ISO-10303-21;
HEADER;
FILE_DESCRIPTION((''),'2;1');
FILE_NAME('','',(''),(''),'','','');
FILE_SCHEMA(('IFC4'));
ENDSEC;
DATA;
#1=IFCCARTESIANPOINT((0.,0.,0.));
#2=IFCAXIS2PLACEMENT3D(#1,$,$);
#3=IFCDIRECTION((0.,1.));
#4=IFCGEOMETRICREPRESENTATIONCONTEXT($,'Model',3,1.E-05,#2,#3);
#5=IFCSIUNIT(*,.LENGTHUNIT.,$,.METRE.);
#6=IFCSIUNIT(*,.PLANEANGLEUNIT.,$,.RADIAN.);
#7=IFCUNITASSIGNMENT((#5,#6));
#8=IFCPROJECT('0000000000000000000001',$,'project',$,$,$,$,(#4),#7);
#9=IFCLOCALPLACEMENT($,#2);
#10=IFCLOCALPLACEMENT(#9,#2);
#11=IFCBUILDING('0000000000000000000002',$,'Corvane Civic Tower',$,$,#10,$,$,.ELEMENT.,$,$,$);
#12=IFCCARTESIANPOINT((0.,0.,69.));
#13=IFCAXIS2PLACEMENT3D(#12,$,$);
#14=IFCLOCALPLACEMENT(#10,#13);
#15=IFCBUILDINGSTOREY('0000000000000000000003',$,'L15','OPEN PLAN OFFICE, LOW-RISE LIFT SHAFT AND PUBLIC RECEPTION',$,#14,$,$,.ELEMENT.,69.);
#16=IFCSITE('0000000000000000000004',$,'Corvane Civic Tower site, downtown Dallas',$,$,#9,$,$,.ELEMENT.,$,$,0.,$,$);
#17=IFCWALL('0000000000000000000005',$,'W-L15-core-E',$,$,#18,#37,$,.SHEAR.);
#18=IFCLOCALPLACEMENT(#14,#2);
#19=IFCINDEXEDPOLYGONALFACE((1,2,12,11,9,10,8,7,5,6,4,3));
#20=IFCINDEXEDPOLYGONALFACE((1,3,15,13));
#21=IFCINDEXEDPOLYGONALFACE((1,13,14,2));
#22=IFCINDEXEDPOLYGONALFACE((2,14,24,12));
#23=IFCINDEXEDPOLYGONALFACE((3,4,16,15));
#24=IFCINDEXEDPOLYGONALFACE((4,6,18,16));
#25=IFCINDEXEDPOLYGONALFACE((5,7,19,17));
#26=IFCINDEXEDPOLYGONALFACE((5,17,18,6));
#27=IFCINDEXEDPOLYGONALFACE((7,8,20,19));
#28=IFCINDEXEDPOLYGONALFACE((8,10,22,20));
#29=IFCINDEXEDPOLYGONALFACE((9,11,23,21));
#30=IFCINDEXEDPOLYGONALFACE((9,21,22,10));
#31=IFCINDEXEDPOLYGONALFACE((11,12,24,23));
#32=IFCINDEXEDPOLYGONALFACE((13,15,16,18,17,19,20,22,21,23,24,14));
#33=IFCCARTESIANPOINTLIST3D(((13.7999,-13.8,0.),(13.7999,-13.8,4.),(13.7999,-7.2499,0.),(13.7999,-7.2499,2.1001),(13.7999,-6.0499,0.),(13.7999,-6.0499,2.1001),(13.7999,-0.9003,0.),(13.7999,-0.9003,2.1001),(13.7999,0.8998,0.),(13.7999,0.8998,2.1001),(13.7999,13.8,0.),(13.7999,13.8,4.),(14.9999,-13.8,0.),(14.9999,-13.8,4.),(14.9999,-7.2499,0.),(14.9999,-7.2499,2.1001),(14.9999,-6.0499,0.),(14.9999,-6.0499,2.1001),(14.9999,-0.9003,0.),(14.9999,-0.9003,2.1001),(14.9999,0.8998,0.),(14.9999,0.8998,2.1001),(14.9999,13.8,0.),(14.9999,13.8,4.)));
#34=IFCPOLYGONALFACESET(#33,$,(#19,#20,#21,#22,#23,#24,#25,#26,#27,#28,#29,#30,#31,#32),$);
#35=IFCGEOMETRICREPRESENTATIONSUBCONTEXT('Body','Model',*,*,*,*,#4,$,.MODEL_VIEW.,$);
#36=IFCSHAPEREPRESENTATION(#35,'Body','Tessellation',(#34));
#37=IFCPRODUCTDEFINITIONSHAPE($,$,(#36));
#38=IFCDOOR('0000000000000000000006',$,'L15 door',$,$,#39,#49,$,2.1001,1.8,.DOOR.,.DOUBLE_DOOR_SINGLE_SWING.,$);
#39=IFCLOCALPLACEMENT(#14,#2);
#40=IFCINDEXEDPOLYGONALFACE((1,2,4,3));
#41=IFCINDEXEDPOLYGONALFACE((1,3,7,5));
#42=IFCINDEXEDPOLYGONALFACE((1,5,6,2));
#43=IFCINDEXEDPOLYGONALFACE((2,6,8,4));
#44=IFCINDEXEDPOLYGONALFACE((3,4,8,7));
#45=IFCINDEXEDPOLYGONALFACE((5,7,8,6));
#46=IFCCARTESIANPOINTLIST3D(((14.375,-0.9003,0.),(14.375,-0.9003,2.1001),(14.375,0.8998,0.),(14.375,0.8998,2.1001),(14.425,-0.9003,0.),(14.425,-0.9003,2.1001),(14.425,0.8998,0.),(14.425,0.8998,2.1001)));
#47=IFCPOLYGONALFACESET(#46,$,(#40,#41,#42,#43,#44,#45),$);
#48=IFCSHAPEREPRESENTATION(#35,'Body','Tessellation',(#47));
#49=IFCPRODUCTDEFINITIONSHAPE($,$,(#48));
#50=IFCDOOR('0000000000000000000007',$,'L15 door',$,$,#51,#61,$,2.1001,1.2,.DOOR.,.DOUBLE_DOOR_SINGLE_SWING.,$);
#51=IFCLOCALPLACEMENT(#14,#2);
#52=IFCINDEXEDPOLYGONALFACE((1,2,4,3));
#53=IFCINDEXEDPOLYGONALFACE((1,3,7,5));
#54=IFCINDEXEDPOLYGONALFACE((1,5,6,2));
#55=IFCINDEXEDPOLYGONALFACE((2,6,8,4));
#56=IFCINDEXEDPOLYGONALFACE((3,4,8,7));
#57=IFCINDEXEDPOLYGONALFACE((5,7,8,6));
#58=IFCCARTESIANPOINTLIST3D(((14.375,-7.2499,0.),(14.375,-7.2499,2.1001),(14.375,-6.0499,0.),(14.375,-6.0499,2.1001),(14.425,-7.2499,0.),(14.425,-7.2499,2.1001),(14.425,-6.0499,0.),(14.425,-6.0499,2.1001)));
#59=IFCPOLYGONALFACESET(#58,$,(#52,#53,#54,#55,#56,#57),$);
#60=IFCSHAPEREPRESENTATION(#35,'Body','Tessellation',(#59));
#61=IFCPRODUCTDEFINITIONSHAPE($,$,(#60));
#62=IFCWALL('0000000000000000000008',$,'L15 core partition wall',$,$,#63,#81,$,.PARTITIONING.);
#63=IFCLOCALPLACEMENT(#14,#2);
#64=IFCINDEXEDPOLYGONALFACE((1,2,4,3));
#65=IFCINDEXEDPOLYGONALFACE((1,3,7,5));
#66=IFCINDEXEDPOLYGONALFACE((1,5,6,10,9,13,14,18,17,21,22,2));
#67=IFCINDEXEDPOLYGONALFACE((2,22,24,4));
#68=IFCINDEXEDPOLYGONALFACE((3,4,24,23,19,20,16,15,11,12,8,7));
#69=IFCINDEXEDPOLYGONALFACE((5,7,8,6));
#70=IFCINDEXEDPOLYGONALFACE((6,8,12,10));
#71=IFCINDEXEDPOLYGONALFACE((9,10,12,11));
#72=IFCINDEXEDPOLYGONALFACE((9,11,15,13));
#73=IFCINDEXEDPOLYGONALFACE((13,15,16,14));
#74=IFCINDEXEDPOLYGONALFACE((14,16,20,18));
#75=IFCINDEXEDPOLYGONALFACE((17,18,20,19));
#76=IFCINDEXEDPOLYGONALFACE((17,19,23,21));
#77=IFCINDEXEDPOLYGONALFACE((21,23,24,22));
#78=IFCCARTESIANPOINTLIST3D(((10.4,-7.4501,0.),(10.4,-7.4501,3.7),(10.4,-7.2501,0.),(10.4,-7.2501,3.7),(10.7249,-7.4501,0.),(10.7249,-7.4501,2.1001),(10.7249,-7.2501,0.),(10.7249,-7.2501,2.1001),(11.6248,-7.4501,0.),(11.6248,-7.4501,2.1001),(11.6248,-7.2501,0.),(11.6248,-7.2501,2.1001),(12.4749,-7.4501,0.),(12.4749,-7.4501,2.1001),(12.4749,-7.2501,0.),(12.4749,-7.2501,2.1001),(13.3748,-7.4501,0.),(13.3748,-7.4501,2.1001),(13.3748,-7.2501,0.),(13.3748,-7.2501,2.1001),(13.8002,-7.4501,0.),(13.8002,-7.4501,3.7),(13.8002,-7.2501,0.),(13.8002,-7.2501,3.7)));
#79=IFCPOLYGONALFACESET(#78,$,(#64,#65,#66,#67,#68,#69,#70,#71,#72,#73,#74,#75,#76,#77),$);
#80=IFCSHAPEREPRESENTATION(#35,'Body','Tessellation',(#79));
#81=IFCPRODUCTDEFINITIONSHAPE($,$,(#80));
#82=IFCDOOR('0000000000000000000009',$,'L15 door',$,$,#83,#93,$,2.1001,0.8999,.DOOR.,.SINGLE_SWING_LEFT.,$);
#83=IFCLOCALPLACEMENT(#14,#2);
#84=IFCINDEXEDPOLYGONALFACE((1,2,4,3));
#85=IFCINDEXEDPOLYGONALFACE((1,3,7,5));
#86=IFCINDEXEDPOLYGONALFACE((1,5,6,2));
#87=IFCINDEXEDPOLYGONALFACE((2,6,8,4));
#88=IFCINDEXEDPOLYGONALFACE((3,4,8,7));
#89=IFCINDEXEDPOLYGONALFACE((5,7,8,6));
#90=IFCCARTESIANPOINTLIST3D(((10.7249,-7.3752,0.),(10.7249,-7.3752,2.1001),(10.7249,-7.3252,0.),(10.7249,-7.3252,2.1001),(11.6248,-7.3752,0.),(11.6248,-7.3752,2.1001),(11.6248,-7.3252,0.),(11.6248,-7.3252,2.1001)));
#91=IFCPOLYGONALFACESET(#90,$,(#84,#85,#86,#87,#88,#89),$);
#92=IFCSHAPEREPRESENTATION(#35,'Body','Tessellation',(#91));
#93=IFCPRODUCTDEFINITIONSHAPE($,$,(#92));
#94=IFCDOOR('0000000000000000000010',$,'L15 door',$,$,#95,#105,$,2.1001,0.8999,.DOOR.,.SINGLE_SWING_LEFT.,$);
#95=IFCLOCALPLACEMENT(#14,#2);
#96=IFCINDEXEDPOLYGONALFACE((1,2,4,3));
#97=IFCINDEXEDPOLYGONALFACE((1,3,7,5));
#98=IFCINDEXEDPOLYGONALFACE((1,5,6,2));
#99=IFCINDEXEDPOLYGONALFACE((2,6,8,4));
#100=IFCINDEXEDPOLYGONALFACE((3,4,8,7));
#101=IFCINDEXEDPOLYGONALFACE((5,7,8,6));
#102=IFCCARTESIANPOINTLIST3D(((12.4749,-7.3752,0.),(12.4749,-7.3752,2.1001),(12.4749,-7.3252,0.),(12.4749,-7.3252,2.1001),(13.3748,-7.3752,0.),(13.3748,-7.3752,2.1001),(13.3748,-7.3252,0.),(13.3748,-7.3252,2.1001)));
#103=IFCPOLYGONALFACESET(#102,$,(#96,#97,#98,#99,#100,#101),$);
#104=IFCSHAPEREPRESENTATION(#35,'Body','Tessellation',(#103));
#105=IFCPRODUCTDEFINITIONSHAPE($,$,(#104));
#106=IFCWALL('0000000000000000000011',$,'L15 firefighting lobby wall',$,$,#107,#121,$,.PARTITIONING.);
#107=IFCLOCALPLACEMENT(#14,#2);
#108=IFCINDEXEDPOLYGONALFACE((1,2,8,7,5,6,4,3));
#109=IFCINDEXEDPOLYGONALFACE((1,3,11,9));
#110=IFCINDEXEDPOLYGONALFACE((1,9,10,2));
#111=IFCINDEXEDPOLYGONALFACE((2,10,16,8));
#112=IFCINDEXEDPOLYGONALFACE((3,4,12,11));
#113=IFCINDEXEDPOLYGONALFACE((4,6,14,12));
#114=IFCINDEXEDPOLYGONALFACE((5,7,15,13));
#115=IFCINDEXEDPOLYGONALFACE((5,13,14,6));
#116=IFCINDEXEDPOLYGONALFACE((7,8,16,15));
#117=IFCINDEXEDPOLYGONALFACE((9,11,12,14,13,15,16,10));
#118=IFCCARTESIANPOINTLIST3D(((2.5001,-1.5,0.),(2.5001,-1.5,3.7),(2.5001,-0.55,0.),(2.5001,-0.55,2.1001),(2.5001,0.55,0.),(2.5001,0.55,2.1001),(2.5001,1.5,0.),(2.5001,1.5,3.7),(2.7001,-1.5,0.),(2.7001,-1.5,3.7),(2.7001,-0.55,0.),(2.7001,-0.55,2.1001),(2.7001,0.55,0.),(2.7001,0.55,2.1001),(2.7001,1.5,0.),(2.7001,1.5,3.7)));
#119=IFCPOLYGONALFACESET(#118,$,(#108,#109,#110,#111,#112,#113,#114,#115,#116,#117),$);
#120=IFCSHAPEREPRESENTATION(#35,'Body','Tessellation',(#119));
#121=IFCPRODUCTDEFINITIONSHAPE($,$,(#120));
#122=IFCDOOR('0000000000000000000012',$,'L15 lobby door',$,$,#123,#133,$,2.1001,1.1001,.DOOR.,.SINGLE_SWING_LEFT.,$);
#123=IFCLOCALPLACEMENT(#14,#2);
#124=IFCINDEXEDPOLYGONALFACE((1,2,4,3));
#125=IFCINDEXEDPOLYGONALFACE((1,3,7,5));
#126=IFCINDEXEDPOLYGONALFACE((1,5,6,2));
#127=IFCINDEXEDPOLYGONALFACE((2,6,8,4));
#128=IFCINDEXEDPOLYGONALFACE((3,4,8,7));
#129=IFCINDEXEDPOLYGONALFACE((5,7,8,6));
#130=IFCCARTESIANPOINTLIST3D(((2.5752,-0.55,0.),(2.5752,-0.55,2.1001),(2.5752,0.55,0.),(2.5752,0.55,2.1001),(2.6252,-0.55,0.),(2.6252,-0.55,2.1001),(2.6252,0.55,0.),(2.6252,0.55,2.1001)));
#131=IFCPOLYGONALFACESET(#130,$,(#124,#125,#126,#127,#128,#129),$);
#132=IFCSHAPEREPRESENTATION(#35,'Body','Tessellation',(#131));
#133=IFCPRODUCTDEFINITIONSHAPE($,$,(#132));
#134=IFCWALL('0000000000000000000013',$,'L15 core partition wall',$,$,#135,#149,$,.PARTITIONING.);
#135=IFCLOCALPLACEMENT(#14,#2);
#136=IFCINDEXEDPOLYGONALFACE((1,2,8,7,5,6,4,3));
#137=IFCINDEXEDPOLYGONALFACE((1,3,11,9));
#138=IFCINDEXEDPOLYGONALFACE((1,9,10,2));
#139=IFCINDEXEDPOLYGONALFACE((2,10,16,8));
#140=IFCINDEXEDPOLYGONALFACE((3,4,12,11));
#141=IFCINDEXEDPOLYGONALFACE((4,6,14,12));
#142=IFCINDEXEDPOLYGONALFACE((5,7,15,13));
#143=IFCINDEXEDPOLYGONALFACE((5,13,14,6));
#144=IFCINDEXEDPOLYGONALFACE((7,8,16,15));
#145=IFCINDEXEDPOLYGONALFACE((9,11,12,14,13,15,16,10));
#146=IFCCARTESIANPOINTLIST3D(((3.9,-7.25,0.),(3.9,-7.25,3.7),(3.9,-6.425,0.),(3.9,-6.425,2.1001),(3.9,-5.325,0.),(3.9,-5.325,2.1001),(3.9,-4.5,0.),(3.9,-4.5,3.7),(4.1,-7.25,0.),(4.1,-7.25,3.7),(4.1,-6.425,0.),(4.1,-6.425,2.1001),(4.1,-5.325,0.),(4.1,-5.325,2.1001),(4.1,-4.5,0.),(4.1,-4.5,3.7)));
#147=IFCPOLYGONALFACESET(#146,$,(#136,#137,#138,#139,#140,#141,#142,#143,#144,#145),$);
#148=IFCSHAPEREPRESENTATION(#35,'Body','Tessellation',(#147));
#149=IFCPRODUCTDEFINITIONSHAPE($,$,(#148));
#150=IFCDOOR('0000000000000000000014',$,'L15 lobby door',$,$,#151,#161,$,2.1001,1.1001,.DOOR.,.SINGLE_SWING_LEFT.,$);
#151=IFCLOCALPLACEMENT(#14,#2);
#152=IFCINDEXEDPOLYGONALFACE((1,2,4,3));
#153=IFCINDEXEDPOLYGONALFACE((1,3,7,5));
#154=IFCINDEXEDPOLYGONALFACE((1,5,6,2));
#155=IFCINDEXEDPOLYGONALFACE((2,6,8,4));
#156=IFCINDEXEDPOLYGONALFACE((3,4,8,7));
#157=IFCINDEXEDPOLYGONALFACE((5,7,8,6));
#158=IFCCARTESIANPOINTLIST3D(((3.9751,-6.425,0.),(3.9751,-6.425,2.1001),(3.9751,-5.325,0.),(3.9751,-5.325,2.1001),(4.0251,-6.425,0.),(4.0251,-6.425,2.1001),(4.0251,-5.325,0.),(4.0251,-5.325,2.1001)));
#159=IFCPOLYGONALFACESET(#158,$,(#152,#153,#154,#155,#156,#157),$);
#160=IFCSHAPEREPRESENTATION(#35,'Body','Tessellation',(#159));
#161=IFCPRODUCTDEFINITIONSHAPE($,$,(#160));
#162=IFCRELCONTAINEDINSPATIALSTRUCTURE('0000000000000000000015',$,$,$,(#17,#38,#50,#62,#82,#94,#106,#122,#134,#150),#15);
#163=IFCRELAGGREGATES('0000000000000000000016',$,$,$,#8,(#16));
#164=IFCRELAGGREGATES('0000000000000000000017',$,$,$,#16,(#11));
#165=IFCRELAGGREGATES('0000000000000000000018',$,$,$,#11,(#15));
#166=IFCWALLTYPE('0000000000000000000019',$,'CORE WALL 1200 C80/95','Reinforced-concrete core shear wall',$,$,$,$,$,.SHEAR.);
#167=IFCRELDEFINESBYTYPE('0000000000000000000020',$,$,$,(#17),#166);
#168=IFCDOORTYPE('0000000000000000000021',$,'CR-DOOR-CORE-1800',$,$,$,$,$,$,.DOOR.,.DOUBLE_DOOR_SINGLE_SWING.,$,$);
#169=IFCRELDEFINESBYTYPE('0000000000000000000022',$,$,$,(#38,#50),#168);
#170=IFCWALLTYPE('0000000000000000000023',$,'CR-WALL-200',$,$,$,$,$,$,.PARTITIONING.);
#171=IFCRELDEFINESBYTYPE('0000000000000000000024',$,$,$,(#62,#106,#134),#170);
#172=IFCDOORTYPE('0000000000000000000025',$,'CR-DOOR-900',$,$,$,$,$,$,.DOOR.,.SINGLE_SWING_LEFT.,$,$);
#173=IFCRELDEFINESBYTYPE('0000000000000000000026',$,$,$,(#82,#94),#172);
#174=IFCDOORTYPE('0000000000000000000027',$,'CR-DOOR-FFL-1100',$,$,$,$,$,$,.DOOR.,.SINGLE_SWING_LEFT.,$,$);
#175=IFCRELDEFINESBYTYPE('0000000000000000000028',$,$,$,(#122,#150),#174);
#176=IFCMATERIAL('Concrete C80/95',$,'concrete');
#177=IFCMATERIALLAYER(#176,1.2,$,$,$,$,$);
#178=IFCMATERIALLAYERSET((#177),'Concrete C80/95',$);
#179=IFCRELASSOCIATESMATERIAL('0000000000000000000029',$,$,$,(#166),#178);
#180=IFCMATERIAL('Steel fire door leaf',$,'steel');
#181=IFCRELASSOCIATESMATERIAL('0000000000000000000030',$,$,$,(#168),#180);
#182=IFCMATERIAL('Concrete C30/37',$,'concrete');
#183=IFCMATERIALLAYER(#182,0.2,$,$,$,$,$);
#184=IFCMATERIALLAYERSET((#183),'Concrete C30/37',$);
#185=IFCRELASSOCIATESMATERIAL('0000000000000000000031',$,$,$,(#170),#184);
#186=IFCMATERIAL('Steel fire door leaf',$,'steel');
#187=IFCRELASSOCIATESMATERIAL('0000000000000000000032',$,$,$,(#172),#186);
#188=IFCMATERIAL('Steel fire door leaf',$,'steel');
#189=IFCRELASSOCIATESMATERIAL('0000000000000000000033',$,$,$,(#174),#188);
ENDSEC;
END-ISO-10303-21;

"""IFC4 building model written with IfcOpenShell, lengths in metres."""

from ifc_helpers import new_model, si_unit, direction, frame, frame_2d, origin, place, context, subcontext, project, spatial, rectangle, extrude, material, layer, layer_set, type_object, element, fill, save


model = new_model("IFC4")

# Units and contexts
model_context = context("Model", 3, precision=1e-05, world=origin(), true_north=direction((0.0, 1.0)))
body_context = subcontext(model_context, "Body", "Model", "MODEL_VIEW")
ifc_project = project(units=[si_unit("LENGTHUNIT", "METRE"), si_unit("PLANEANGLEUNIT", "RADIAN")], contexts=[model_context])

# Site, building, storey
site_placement = place(None, origin())
site = spatial("IfcSite", under=ifc_project, at=site_placement, Name="Corvane Civic Tower site, downtown Dallas", CompositionType="ELEMENT", RefElevation=0.0)
building_placement = place(site_placement, origin())
building = spatial("IfcBuilding", under=site, at=building_placement, Name="Corvane Civic Tower", CompositionType="ELEMENT")
storey_placement = place(building_placement, frame((0.0, 0.0, 69.0)))
storey = spatial("IfcBuildingStorey", under=building, at=storey_placement, Name="L15", Description="OPEN PLAN OFFICE, LOW-RISE LIFT SHAFT AND PUBLIC RECEPTION", CompositionType="ELEMENT", Elevation=69.0)

# Walls, openings, doors
ifc_material_1 = material(Name="Concrete C80/95", Category="concrete")
ifc_layer_1 = layer(ifc_material_1, 1.2)
ifc_layer_set_1 = layer_set([ifc_layer_1], Name="Concrete C80/95")
wall_type_1 = type_object("IfcWallType", Name="CORE WALL 1200 C80/95", Description="Reinforced-concrete core shear wall", PredefinedType="SHEAR", material=ifc_layer_set_1)
wall_1_placement = place(storey_placement, frame((14.3999, -13.8, 0.0), z_axis=(0.0, 0.0, 1.0), x_axis=(0.0, 1.0, 0.0)))
wall_1 = element("IfcWall", 1, at=wall_1_placement, inside=storey, type_object=wall_type_1, Name="W-L15-core-E", PredefinedType="SHEAR", context=body_context, shape_type="SweptSolid", body=[
    extrude(rectangle(XDim=27.6001, YDim=1.2, at=frame_2d((13.8, 0.0))), origin(), (0.0, 0.0, 1.0), 4.0),
])
opening_1_placement = place(wall_1_placement, frame((12.8999, 0.0, 0.0)))
opening_1 = element("IfcOpeningElement", 2, at=opening_1_placement, cuts=wall_1, PredefinedType="OPENING", context=body_context, shape_type="SweptSolid", body=[
    extrude(rectangle(XDim=1.8, YDim=2.1001, at=frame_2d((0.8999, 1.05))), frame((0.0, 0.6099, 0.0), z_axis=(0.0, -1.0, 0.0), x_axis=(1.0, 0.0, 0.0)), (0.0, 0.0, 1.0), 1.22),
])
opening_2_placement = place(wall_1_placement, frame((6.55, 0.0, 0.0)))
opening_2 = element("IfcOpeningElement", 3, at=opening_2_placement, cuts=wall_1, PredefinedType="OPENING", context=body_context, shape_type="SweptSolid", body=[
    extrude(rectangle(XDim=1.2, YDim=2.1001, at=frame_2d((0.6001, 1.05))), frame((0.0, 0.6099, 0.0), z_axis=(0.0, -1.0, 0.0), x_axis=(1.0, 0.0, 0.0)), (0.0, 0.0, 1.0), 1.22),
])
ifc_material_2 = material(Name="Steel fire door leaf", Category="steel")
door_type_1 = type_object("IfcDoorType", Name="CR-DOOR-CORE-1800", OperationType="DOUBLE_DOOR_SINGLE_SWING", PredefinedType="DOOR", material=ifc_material_2)
door_1_placement = place(opening_1_placement, origin())
door_1 = element("IfcDoor", 4, at=door_1_placement, inside=storey, type_object=door_type_1, Name="L15 door", OperationType="DOUBLE_DOOR_SINGLE_SWING", OverallHeight=2.1001, OverallWidth=1.8, PredefinedType="DOOR", context=body_context, shape_type="SweptSolid", body=[
    extrude(rectangle(XDim=1.8, YDim=2.1001, at=frame_2d((0.8999, 1.05))), frame((0.0, 0.0249, 0.0), z_axis=(0.0, -1.0, 0.0), x_axis=(1.0, 0.0, 0.0)), (0.0, 0.0, 1.0), 0.05),
])
fill(opening_1, door_1)
door_2_placement = place(opening_2_placement, origin())
door_2 = element("IfcDoor", 5, at=door_2_placement, inside=storey, type_object=door_type_1, Name="L15 door", OperationType="DOUBLE_DOOR_SINGLE_SWING", OverallHeight=2.1001, OverallWidth=1.2, PredefinedType="DOOR", context=body_context, shape_type="SweptSolid", body=[
    extrude(rectangle(XDim=1.2, YDim=2.1001, at=frame_2d((0.6001, 1.05))), frame((0.0, 0.0249, 0.0), z_axis=(0.0, -1.0, 0.0), x_axis=(1.0, 0.0, 0.0)), (0.0, 0.0, 1.0), 0.05),
])
fill(opening_2, door_2)
ifc_material_3 = material(Name="Concrete C30/37", Category="concrete")
ifc_layer_2 = layer(ifc_material_3, 0.2)
ifc_layer_set_2 = layer_set([ifc_layer_2], Name="Concrete C30/37")
wall_type_2 = type_object("IfcWallType", Name="CR-WALL-200", PredefinedType="PARTITIONING", material=ifc_layer_set_2)
wall_2_placement = place(storey_placement, frame((10.3999, -7.3501, 0.0), z_axis=(0.0, 0.0, 1.0), x_axis=(1.0, 0.0, 0.0)))
wall_2 = element("IfcWall", 6, at=wall_2_placement, inside=storey, type_object=wall_type_2, Name="L15 core partition wall", PredefinedType="PARTITIONING", context=body_context, shape_type="SweptSolid", body=[
    extrude(rectangle(XDim=3.4001, YDim=0.2, at=frame_2d((1.7002, 0.0))), origin(), (0.0, 0.0, 1.0), 3.7),
])
opening_3_placement = place(wall_2_placement, frame((0.325, 0.0, 0.0)))
opening_3 = element("IfcOpeningElement", 7, at=opening_3_placement, cuts=wall_2, PredefinedType="OPENING", context=body_context, shape_type="SweptSolid", body=[
    extrude(rectangle(XDim=0.8999, YDim=2.1001, at=frame_2d((0.45, 1.05))), frame((0.0, 0.1099, 0.0), z_axis=(0.0, -1.0, 0.0), x_axis=(1.0, 0.0, 0.0)), (0.0, 0.0, 1.0), 0.22),
])
opening_4_placement = place(wall_2_placement, frame((2.075, 0.0, 0.0)))
opening_4 = element("IfcOpeningElement", 8, at=opening_4_placement, cuts=wall_2, PredefinedType="OPENING", context=body_context, shape_type="SweptSolid", body=[
    extrude(rectangle(XDim=0.8999, YDim=2.1001, at=frame_2d((0.45, 1.05))), frame((0.0, 0.1099, 0.0), z_axis=(0.0, -1.0, 0.0), x_axis=(1.0, 0.0, 0.0)), (0.0, 0.0, 1.0), 0.22),
])
ifc_material_4 = material(Name="Steel fire door leaf", Category="steel")
door_type_2 = type_object("IfcDoorType", Name="CR-DOOR-900", OperationType="SINGLE_SWING_LEFT", PredefinedType="DOOR", material=ifc_material_4)
door_3_placement = place(opening_3_placement, origin())
door_3 = element("IfcDoor", 9, at=door_3_placement, inside=storey, type_object=door_type_2, Name="L15 door", OperationType="SINGLE_SWING_LEFT", OverallHeight=2.1001, OverallWidth=0.8999, PredefinedType="DOOR", context=body_context, shape_type="SweptSolid", body=[
    extrude(rectangle(XDim=0.8999, YDim=2.1001, at=frame_2d((0.45, 1.05))), frame((0.0, 0.0249, 0.0), z_axis=(0.0, -1.0, 0.0), x_axis=(1.0, 0.0, 0.0)), (0.0, 0.0, 1.0), 0.05),
])
fill(opening_3, door_3)
door_4_placement = place(opening_4_placement, origin())
door_4 = element("IfcDoor", 10, at=door_4_placement, inside=storey, type_object=door_type_2, Name="L15 door", OperationType="SINGLE_SWING_LEFT", OverallHeight=2.1001, OverallWidth=0.8999, PredefinedType="DOOR", context=body_context, shape_type="SweptSolid", body=[
    extrude(rectangle(XDim=0.8999, YDim=2.1001, at=frame_2d((0.45, 1.05))), frame((0.0, 0.0249, 0.0), z_axis=(0.0, -1.0, 0.0), x_axis=(1.0, 0.0, 0.0)), (0.0, 0.0, 1.0), 0.05),
])
fill(opening_4, door_4)

# Walls, openings, doors
wall_3_placement = place(storey_placement, frame((2.6001, -1.5, 0.0), z_axis=(0.0, 0.0, 1.0), x_axis=(0.0, 1.0, 0.0)))
wall_3 = element("IfcWall", 11, at=wall_3_placement, inside=storey, type_object=wall_type_2, Name="L15 firefighting lobby wall", PredefinedType="PARTITIONING", context=body_context, shape_type="SweptSolid", body=[
    extrude(rectangle(XDim=3.0, YDim=0.2, at=frame_2d((1.5, 0.0))), origin(), (0.0, 0.0, 1.0), 3.7),
])
opening_5_placement = place(wall_3_placement, frame((0.95, 0.0, 0.0)))
opening_5 = element("IfcOpeningElement", 12, at=opening_5_placement, cuts=wall_3, PredefinedType="OPENING", context=body_context, shape_type="SweptSolid", body=[
    extrude(rectangle(XDim=1.1001, YDim=2.1001, at=frame_2d((0.55, 1.05))), frame((0.0, 0.1099, 0.0), z_axis=(0.0, -1.0, 0.0), x_axis=(1.0, 0.0, 0.0)), (0.0, 0.0, 1.0), 0.22),
])
ifc_material_5 = material(Name="Steel fire door leaf", Category="steel")
door_type_3 = type_object("IfcDoorType", Name="CR-DOOR-FFL-1100", OperationType="SINGLE_SWING_LEFT", PredefinedType="DOOR", material=ifc_material_5)
door_5_placement = place(opening_5_placement, origin())
door_5 = element("IfcDoor", 13, at=door_5_placement, inside=storey, type_object=door_type_3, Name="L15 lobby door", OperationType="SINGLE_SWING_LEFT", OverallHeight=2.1001, OverallWidth=1.1001, PredefinedType="DOOR", context=body_context, shape_type="SweptSolid", body=[
    extrude(rectangle(XDim=1.1001, YDim=2.1001, at=frame_2d((0.55, 1.05))), frame((0.0, 0.0249, 0.0), z_axis=(0.0, -1.0, 0.0), x_axis=(1.0, 0.0, 0.0)), (0.0, 0.0, 1.0), 0.05),
])
fill(opening_5, door_5)
wall_4_placement = place(storey_placement, frame((4.0, -7.25, 0.0), z_axis=(0.0, 0.0, 1.0), x_axis=(0.0, 1.0, 0.0)))
wall_4 = element("IfcWall", 14, at=wall_4_placement, inside=storey, type_object=wall_type_2, Name="L15 core partition wall", PredefinedType="PARTITIONING", context=body_context, shape_type="SweptSolid", body=[
    extrude(rectangle(XDim=2.75, YDim=0.2, at=frame_2d((1.375, 0.0))), origin(), (0.0, 0.0, 1.0), 3.7),
])
opening_6_placement = place(wall_4_placement, frame((0.825, 0.0, 0.0)))
opening_6 = element("IfcOpeningElement", 15, at=opening_6_placement, cuts=wall_4, PredefinedType="OPENING", context=body_context, shape_type="SweptSolid", body=[
    extrude(rectangle(XDim=1.1001, YDim=2.1001, at=frame_2d((0.55, 1.05))), frame((0.0, 0.1099, 0.0), z_axis=(0.0, -1.0, 0.0), x_axis=(1.0, 0.0, 0.0)), (0.0, 0.0, 1.0), 0.22),
])
door_6_placement = place(opening_6_placement, origin())
door_6 = element("IfcDoor", 16, at=door_6_placement, inside=storey, type_object=door_type_3, Name="L15 lobby door", OperationType="SINGLE_SWING_LEFT", OverallHeight=2.1001, OverallWidth=1.1001, PredefinedType="DOOR", context=body_context, shape_type="SweptSolid", body=[
    extrude(rectangle(XDim=1.1001, YDim=2.1001, at=frame_2d((0.55, 1.05))), frame((0.0, 0.0249, 0.0), z_axis=(0.0, -1.0, 0.0), x_axis=(1.0, 0.0, 0.0)), (0.0, 0.0, 1.0), 0.05),
])
fill(opening_6, door_6)

save(model, "model.ifc")
